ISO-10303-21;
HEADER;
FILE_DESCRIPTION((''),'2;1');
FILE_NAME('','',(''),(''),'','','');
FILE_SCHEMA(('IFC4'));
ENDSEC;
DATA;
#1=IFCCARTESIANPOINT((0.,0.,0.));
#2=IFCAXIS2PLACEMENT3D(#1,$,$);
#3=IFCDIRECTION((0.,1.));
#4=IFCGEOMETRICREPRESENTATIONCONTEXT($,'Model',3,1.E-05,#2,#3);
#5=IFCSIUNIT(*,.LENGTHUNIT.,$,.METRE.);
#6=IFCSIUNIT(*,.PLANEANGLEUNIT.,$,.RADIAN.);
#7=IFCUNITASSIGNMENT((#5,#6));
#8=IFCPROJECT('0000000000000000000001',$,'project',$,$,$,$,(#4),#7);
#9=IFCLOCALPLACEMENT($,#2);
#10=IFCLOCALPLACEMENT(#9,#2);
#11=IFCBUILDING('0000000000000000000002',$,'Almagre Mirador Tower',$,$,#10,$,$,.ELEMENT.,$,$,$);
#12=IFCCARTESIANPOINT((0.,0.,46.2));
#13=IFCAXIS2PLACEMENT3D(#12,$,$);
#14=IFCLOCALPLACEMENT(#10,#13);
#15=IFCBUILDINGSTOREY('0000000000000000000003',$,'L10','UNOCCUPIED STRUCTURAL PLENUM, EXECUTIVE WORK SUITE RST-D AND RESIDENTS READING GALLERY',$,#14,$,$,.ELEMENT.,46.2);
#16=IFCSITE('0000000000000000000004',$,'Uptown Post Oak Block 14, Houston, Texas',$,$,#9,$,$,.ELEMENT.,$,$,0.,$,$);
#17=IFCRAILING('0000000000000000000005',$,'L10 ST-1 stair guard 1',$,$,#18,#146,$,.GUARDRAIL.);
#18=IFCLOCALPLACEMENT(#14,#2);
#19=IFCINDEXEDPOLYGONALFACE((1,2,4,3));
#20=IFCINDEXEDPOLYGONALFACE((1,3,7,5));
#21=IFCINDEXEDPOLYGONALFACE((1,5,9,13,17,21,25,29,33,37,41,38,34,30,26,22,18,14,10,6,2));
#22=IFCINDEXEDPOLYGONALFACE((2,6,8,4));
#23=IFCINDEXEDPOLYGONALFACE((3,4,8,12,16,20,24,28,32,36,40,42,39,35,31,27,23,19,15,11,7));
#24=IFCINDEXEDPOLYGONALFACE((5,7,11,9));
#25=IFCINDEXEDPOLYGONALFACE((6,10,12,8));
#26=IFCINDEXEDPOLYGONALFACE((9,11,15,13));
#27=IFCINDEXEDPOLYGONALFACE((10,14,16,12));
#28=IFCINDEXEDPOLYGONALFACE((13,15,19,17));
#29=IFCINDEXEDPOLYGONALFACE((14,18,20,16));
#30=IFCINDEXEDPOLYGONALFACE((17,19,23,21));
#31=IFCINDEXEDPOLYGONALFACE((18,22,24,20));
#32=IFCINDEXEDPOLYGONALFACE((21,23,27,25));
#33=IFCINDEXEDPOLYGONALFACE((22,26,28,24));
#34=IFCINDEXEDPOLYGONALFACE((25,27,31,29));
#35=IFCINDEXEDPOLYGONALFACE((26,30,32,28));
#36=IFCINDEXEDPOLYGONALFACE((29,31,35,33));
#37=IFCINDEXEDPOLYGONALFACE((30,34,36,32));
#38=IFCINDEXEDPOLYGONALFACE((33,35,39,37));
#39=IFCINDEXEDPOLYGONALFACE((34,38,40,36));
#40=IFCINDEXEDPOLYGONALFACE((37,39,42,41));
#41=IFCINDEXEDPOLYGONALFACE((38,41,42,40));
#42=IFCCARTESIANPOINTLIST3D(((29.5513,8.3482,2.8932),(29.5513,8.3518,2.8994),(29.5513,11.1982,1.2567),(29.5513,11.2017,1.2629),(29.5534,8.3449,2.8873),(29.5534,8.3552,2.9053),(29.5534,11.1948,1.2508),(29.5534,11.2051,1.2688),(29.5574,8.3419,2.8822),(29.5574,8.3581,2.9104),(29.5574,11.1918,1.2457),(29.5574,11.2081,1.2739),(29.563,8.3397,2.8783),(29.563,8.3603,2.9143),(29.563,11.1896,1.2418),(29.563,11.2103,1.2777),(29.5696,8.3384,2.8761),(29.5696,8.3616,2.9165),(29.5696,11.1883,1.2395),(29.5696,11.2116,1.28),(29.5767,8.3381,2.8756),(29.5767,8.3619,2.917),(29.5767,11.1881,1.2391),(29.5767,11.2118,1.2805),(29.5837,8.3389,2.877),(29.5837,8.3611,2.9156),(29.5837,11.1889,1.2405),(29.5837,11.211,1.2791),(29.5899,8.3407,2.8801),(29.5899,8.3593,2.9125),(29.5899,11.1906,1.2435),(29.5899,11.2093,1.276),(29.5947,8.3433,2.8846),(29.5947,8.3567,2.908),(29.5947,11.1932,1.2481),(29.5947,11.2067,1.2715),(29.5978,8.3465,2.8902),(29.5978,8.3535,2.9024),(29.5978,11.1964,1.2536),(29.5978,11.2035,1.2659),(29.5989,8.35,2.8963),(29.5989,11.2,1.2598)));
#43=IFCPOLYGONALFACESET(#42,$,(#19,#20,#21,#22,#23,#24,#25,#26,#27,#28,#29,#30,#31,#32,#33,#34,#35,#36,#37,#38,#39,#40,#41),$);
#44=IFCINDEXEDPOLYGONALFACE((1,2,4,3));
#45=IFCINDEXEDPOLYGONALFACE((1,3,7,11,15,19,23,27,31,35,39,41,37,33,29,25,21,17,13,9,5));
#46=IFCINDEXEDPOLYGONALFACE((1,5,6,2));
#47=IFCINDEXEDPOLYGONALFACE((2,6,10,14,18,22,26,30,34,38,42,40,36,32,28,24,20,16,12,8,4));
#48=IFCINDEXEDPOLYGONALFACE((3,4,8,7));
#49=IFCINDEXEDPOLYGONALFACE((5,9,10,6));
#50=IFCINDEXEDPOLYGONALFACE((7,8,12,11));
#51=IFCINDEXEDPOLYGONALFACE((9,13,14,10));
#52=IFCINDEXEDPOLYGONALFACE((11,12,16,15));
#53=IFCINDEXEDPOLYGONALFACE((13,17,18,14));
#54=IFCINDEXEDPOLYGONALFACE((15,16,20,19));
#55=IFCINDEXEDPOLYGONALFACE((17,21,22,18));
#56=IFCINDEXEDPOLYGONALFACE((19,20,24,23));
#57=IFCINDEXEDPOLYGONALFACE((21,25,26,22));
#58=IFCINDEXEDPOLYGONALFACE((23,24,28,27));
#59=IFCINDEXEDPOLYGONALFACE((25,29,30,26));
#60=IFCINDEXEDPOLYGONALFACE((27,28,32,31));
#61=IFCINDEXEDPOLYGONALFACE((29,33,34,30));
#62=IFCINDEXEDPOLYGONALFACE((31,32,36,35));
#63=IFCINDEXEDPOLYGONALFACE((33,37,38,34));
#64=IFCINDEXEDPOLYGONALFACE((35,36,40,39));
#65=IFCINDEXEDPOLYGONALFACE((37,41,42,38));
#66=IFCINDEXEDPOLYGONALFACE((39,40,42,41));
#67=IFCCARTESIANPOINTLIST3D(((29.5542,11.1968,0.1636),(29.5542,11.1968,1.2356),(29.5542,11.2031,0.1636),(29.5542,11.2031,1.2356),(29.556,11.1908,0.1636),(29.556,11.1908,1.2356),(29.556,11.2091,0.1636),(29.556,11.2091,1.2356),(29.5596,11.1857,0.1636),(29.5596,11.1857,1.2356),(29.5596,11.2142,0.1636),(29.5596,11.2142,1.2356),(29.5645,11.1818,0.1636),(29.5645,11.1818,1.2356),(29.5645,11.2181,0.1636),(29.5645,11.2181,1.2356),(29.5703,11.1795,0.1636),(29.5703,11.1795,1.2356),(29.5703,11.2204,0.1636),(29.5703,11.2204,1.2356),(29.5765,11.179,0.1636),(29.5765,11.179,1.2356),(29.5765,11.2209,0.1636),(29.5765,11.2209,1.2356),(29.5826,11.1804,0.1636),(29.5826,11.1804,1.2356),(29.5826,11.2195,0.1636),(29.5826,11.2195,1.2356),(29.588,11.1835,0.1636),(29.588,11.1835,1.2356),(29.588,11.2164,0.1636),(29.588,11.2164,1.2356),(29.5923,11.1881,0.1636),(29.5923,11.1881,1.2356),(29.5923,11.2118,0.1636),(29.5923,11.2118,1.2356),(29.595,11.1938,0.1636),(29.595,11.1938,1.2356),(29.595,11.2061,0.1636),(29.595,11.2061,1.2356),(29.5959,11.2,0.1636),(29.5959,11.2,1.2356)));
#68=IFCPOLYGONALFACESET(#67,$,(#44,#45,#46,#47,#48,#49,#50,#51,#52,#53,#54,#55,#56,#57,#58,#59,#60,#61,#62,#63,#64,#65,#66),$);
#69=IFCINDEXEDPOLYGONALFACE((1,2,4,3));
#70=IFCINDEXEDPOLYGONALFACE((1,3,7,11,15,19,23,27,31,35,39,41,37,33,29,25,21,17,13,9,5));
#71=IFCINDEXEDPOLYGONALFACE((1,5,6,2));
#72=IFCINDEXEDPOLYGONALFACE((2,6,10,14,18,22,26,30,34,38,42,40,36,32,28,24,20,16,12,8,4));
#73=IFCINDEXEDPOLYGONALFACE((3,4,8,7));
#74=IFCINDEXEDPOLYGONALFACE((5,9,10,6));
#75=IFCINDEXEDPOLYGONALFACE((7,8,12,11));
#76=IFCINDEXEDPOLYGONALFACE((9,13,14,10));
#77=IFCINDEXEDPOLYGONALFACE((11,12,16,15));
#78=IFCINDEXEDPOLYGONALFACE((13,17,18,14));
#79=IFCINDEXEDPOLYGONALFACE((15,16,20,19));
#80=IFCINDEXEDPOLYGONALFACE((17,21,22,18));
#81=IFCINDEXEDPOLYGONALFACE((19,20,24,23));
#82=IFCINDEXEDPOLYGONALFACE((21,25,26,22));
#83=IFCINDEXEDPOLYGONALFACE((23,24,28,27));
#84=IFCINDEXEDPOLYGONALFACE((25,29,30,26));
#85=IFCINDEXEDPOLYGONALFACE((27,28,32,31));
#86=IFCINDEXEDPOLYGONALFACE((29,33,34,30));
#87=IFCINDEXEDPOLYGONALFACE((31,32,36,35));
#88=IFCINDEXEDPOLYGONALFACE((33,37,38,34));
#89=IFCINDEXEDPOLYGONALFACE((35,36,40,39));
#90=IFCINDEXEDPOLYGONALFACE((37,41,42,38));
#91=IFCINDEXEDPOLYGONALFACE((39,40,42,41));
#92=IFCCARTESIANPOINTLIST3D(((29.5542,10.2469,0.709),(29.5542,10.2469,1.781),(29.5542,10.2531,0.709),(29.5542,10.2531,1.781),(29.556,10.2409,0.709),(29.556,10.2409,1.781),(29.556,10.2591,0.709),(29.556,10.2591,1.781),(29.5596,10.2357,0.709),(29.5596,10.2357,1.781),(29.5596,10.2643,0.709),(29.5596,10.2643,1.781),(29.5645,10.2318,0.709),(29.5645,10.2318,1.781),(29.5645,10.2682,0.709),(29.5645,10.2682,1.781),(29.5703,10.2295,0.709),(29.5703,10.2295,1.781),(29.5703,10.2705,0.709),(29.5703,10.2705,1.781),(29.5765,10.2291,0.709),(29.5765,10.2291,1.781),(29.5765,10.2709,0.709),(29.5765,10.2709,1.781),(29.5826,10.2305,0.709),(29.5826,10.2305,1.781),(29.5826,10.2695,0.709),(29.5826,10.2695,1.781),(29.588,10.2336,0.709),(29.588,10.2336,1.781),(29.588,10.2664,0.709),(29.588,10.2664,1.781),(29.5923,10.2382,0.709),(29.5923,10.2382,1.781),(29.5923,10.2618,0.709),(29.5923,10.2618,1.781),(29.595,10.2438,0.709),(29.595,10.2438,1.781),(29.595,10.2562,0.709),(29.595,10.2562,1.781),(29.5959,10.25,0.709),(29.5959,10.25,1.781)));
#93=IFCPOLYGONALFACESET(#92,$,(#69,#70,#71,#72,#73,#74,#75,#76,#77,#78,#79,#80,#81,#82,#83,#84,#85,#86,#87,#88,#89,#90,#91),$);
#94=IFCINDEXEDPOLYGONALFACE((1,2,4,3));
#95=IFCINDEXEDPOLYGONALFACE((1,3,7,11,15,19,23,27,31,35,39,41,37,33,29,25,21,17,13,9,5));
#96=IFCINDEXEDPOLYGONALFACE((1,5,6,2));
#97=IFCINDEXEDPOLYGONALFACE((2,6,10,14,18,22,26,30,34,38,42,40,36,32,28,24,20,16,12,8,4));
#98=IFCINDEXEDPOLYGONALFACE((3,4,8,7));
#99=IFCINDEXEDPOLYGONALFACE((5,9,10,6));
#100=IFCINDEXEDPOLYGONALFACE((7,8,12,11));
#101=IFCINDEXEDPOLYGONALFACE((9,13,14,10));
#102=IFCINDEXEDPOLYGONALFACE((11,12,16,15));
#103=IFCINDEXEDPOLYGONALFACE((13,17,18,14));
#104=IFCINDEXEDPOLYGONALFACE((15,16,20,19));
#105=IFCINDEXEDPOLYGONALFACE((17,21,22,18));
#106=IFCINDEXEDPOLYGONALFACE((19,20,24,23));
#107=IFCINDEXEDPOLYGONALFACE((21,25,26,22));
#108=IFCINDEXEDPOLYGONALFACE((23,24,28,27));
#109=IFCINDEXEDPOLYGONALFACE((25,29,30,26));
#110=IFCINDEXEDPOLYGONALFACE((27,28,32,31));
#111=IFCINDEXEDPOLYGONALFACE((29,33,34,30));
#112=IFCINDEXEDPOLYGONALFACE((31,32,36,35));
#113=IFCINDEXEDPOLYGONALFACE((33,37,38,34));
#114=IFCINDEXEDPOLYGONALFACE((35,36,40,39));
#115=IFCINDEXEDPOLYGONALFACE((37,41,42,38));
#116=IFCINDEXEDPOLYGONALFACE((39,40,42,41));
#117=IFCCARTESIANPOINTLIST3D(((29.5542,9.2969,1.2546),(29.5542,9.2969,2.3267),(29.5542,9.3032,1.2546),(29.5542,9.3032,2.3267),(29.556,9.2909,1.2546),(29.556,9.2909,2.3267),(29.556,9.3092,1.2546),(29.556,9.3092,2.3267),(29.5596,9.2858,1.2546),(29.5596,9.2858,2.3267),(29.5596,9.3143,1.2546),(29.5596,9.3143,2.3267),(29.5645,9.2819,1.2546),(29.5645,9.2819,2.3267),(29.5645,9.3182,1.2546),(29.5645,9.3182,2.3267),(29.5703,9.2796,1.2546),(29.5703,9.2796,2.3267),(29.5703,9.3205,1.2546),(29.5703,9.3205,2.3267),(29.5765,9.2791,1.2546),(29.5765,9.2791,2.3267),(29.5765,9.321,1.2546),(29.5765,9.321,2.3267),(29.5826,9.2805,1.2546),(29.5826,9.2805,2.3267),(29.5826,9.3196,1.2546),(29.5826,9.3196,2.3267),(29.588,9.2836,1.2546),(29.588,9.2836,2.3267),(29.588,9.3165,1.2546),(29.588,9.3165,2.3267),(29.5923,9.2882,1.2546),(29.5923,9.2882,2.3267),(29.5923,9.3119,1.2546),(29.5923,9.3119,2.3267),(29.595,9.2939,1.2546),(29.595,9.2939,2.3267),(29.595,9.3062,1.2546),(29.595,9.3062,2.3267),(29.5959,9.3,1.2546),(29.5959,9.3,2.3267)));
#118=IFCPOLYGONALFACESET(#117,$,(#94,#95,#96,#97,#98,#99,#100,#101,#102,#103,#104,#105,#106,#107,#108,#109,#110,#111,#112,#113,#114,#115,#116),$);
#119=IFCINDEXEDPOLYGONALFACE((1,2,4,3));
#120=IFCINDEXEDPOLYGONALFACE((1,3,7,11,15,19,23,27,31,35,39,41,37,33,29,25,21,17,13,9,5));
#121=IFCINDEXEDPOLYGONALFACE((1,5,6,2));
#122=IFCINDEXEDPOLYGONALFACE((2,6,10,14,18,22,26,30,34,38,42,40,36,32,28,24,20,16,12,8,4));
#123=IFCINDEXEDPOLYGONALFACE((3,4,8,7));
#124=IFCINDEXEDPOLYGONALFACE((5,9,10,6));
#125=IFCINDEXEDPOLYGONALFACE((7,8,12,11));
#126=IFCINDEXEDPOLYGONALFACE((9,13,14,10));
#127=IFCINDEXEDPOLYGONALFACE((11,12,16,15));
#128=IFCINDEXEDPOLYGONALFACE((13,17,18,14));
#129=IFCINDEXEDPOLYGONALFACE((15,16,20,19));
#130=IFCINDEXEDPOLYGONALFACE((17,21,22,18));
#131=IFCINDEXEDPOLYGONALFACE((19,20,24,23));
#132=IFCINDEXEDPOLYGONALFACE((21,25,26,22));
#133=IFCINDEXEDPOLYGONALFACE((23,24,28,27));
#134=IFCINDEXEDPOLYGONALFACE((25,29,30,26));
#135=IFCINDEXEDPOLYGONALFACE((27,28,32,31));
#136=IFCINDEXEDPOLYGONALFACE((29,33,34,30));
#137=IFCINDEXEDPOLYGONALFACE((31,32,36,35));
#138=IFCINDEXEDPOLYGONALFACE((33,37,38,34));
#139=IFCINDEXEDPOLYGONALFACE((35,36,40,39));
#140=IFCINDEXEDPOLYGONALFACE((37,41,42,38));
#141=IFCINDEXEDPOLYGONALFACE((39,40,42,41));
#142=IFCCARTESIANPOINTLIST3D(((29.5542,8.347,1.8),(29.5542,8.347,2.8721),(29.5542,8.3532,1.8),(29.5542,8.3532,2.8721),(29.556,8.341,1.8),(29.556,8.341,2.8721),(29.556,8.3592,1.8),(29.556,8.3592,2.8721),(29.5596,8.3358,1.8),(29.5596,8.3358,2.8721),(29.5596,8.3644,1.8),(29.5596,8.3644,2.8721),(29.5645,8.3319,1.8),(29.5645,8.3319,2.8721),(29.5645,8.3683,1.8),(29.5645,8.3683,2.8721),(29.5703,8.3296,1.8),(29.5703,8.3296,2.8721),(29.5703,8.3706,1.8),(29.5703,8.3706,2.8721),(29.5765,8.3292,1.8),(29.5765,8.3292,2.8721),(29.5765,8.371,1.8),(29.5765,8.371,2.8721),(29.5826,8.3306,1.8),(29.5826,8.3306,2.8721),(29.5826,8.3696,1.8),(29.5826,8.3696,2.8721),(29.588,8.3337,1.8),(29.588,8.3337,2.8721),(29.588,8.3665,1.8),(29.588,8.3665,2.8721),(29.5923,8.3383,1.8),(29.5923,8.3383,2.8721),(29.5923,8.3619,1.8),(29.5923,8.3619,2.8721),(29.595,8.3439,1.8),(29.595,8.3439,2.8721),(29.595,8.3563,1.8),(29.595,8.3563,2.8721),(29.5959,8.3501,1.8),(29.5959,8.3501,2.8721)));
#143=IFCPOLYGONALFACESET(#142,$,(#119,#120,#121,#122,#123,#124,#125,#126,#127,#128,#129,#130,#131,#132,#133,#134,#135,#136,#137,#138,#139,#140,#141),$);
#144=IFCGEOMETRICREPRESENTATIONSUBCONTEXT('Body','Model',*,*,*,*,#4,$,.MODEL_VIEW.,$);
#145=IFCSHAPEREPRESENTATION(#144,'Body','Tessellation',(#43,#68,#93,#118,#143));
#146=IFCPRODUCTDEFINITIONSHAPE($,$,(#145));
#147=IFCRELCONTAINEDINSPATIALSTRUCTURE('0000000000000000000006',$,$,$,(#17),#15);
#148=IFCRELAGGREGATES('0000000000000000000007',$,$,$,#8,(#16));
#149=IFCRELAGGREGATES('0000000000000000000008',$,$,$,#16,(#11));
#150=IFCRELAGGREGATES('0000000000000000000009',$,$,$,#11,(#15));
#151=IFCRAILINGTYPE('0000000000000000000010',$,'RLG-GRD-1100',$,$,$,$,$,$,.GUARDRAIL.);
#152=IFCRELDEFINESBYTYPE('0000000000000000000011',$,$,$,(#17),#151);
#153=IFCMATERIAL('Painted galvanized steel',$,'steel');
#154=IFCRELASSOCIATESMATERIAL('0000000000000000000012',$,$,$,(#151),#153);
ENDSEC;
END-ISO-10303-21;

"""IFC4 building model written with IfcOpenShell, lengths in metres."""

from ifc_helpers import new_model, si_unit, direction, frame, origin, origin_2d, place, context, subcontext, project, spatial, circle, extrude, material, type_object, element, save


model = new_model("IFC4")

# Units and contexts
model_context = context("Model", 3, precision=1e-05, world=origin(), true_north=direction((0.0, 1.0)))
body_context = subcontext(model_context, "Body", "Model", "MODEL_VIEW")
ifc_project = project(units=[si_unit("LENGTHUNIT", "METRE"), si_unit("PLANEANGLEUNIT", "RADIAN")], contexts=[model_context])

# Site, building, storey
site_placement = place(None, origin())
site = spatial("IfcSite", under=ifc_project, at=site_placement, Name="Uptown Post Oak Block 14, Houston, Texas", CompositionType="ELEMENT", RefElevation=0.0)
building_placement = place(site_placement, origin())
building = spatial("IfcBuilding", under=site, at=building_placement, Name="Almagre Mirador Tower", CompositionType="ELEMENT")
storey_placement = place(building_placement, frame((0.0, 0.0, 46.2)))
storey = spatial("IfcBuildingStorey", under=building, at=storey_placement, Name="L10", Description="UNOCCUPIED STRUCTURAL PLENUM, EXECUTIVE WORK SUITE RST-D AND RESIDENTS READING GALLERY", CompositionType="ELEMENT", Elevation=46.2)

# Railing
ifc_material_1 = material(Name="Painted galvanized steel", Category="steel")
railing_type_1 = type_object("IfcRailingType", Name="RLG-GRD-1100", PredefinedType="GUARDRAIL", material=ifc_material_1)
railing_1_placement = place(storey_placement, frame((29.575, 11.2, 0.1636)))
element("IfcRailing", 1, at=railing_1_placement, inside=storey, type_object=railing_type_1, Name="L10 ST-1 stair guard 1", PredefinedType="GUARDRAIL", context=body_context, shape_type="SweptSolid", body=[
    extrude(circle(Radius=0.0239, at=origin_2d()), frame((0.0, 0.0, 1.0962), z_axis=(0.0, -0.867194, 0.49797), x_axis=(1.0, 0.0, 0.0)), (0.0, 0.0, 1.0), 3.2864),
    extrude(circle(Radius=0.021, at=origin_2d()), origin(), (0.0, 0.0, 1.0), 1.072),
    extrude(circle(Radius=0.021, at=origin_2d()), frame((0.0, -0.95, 0.5454)), (0.0, 0.0, 1.0), 1.072),
    extrude(circle(Radius=0.021, at=origin_2d()), frame((0.0, -1.8999, 1.0911)), (0.0, 0.0, 1.0), 1.072),
    extrude(circle(Radius=0.021, at=origin_2d()), frame((0.0, -2.8499, 1.6365)), (0.0, 0.0, 1.0), 1.072),
])

save(model, "model.ifc")
